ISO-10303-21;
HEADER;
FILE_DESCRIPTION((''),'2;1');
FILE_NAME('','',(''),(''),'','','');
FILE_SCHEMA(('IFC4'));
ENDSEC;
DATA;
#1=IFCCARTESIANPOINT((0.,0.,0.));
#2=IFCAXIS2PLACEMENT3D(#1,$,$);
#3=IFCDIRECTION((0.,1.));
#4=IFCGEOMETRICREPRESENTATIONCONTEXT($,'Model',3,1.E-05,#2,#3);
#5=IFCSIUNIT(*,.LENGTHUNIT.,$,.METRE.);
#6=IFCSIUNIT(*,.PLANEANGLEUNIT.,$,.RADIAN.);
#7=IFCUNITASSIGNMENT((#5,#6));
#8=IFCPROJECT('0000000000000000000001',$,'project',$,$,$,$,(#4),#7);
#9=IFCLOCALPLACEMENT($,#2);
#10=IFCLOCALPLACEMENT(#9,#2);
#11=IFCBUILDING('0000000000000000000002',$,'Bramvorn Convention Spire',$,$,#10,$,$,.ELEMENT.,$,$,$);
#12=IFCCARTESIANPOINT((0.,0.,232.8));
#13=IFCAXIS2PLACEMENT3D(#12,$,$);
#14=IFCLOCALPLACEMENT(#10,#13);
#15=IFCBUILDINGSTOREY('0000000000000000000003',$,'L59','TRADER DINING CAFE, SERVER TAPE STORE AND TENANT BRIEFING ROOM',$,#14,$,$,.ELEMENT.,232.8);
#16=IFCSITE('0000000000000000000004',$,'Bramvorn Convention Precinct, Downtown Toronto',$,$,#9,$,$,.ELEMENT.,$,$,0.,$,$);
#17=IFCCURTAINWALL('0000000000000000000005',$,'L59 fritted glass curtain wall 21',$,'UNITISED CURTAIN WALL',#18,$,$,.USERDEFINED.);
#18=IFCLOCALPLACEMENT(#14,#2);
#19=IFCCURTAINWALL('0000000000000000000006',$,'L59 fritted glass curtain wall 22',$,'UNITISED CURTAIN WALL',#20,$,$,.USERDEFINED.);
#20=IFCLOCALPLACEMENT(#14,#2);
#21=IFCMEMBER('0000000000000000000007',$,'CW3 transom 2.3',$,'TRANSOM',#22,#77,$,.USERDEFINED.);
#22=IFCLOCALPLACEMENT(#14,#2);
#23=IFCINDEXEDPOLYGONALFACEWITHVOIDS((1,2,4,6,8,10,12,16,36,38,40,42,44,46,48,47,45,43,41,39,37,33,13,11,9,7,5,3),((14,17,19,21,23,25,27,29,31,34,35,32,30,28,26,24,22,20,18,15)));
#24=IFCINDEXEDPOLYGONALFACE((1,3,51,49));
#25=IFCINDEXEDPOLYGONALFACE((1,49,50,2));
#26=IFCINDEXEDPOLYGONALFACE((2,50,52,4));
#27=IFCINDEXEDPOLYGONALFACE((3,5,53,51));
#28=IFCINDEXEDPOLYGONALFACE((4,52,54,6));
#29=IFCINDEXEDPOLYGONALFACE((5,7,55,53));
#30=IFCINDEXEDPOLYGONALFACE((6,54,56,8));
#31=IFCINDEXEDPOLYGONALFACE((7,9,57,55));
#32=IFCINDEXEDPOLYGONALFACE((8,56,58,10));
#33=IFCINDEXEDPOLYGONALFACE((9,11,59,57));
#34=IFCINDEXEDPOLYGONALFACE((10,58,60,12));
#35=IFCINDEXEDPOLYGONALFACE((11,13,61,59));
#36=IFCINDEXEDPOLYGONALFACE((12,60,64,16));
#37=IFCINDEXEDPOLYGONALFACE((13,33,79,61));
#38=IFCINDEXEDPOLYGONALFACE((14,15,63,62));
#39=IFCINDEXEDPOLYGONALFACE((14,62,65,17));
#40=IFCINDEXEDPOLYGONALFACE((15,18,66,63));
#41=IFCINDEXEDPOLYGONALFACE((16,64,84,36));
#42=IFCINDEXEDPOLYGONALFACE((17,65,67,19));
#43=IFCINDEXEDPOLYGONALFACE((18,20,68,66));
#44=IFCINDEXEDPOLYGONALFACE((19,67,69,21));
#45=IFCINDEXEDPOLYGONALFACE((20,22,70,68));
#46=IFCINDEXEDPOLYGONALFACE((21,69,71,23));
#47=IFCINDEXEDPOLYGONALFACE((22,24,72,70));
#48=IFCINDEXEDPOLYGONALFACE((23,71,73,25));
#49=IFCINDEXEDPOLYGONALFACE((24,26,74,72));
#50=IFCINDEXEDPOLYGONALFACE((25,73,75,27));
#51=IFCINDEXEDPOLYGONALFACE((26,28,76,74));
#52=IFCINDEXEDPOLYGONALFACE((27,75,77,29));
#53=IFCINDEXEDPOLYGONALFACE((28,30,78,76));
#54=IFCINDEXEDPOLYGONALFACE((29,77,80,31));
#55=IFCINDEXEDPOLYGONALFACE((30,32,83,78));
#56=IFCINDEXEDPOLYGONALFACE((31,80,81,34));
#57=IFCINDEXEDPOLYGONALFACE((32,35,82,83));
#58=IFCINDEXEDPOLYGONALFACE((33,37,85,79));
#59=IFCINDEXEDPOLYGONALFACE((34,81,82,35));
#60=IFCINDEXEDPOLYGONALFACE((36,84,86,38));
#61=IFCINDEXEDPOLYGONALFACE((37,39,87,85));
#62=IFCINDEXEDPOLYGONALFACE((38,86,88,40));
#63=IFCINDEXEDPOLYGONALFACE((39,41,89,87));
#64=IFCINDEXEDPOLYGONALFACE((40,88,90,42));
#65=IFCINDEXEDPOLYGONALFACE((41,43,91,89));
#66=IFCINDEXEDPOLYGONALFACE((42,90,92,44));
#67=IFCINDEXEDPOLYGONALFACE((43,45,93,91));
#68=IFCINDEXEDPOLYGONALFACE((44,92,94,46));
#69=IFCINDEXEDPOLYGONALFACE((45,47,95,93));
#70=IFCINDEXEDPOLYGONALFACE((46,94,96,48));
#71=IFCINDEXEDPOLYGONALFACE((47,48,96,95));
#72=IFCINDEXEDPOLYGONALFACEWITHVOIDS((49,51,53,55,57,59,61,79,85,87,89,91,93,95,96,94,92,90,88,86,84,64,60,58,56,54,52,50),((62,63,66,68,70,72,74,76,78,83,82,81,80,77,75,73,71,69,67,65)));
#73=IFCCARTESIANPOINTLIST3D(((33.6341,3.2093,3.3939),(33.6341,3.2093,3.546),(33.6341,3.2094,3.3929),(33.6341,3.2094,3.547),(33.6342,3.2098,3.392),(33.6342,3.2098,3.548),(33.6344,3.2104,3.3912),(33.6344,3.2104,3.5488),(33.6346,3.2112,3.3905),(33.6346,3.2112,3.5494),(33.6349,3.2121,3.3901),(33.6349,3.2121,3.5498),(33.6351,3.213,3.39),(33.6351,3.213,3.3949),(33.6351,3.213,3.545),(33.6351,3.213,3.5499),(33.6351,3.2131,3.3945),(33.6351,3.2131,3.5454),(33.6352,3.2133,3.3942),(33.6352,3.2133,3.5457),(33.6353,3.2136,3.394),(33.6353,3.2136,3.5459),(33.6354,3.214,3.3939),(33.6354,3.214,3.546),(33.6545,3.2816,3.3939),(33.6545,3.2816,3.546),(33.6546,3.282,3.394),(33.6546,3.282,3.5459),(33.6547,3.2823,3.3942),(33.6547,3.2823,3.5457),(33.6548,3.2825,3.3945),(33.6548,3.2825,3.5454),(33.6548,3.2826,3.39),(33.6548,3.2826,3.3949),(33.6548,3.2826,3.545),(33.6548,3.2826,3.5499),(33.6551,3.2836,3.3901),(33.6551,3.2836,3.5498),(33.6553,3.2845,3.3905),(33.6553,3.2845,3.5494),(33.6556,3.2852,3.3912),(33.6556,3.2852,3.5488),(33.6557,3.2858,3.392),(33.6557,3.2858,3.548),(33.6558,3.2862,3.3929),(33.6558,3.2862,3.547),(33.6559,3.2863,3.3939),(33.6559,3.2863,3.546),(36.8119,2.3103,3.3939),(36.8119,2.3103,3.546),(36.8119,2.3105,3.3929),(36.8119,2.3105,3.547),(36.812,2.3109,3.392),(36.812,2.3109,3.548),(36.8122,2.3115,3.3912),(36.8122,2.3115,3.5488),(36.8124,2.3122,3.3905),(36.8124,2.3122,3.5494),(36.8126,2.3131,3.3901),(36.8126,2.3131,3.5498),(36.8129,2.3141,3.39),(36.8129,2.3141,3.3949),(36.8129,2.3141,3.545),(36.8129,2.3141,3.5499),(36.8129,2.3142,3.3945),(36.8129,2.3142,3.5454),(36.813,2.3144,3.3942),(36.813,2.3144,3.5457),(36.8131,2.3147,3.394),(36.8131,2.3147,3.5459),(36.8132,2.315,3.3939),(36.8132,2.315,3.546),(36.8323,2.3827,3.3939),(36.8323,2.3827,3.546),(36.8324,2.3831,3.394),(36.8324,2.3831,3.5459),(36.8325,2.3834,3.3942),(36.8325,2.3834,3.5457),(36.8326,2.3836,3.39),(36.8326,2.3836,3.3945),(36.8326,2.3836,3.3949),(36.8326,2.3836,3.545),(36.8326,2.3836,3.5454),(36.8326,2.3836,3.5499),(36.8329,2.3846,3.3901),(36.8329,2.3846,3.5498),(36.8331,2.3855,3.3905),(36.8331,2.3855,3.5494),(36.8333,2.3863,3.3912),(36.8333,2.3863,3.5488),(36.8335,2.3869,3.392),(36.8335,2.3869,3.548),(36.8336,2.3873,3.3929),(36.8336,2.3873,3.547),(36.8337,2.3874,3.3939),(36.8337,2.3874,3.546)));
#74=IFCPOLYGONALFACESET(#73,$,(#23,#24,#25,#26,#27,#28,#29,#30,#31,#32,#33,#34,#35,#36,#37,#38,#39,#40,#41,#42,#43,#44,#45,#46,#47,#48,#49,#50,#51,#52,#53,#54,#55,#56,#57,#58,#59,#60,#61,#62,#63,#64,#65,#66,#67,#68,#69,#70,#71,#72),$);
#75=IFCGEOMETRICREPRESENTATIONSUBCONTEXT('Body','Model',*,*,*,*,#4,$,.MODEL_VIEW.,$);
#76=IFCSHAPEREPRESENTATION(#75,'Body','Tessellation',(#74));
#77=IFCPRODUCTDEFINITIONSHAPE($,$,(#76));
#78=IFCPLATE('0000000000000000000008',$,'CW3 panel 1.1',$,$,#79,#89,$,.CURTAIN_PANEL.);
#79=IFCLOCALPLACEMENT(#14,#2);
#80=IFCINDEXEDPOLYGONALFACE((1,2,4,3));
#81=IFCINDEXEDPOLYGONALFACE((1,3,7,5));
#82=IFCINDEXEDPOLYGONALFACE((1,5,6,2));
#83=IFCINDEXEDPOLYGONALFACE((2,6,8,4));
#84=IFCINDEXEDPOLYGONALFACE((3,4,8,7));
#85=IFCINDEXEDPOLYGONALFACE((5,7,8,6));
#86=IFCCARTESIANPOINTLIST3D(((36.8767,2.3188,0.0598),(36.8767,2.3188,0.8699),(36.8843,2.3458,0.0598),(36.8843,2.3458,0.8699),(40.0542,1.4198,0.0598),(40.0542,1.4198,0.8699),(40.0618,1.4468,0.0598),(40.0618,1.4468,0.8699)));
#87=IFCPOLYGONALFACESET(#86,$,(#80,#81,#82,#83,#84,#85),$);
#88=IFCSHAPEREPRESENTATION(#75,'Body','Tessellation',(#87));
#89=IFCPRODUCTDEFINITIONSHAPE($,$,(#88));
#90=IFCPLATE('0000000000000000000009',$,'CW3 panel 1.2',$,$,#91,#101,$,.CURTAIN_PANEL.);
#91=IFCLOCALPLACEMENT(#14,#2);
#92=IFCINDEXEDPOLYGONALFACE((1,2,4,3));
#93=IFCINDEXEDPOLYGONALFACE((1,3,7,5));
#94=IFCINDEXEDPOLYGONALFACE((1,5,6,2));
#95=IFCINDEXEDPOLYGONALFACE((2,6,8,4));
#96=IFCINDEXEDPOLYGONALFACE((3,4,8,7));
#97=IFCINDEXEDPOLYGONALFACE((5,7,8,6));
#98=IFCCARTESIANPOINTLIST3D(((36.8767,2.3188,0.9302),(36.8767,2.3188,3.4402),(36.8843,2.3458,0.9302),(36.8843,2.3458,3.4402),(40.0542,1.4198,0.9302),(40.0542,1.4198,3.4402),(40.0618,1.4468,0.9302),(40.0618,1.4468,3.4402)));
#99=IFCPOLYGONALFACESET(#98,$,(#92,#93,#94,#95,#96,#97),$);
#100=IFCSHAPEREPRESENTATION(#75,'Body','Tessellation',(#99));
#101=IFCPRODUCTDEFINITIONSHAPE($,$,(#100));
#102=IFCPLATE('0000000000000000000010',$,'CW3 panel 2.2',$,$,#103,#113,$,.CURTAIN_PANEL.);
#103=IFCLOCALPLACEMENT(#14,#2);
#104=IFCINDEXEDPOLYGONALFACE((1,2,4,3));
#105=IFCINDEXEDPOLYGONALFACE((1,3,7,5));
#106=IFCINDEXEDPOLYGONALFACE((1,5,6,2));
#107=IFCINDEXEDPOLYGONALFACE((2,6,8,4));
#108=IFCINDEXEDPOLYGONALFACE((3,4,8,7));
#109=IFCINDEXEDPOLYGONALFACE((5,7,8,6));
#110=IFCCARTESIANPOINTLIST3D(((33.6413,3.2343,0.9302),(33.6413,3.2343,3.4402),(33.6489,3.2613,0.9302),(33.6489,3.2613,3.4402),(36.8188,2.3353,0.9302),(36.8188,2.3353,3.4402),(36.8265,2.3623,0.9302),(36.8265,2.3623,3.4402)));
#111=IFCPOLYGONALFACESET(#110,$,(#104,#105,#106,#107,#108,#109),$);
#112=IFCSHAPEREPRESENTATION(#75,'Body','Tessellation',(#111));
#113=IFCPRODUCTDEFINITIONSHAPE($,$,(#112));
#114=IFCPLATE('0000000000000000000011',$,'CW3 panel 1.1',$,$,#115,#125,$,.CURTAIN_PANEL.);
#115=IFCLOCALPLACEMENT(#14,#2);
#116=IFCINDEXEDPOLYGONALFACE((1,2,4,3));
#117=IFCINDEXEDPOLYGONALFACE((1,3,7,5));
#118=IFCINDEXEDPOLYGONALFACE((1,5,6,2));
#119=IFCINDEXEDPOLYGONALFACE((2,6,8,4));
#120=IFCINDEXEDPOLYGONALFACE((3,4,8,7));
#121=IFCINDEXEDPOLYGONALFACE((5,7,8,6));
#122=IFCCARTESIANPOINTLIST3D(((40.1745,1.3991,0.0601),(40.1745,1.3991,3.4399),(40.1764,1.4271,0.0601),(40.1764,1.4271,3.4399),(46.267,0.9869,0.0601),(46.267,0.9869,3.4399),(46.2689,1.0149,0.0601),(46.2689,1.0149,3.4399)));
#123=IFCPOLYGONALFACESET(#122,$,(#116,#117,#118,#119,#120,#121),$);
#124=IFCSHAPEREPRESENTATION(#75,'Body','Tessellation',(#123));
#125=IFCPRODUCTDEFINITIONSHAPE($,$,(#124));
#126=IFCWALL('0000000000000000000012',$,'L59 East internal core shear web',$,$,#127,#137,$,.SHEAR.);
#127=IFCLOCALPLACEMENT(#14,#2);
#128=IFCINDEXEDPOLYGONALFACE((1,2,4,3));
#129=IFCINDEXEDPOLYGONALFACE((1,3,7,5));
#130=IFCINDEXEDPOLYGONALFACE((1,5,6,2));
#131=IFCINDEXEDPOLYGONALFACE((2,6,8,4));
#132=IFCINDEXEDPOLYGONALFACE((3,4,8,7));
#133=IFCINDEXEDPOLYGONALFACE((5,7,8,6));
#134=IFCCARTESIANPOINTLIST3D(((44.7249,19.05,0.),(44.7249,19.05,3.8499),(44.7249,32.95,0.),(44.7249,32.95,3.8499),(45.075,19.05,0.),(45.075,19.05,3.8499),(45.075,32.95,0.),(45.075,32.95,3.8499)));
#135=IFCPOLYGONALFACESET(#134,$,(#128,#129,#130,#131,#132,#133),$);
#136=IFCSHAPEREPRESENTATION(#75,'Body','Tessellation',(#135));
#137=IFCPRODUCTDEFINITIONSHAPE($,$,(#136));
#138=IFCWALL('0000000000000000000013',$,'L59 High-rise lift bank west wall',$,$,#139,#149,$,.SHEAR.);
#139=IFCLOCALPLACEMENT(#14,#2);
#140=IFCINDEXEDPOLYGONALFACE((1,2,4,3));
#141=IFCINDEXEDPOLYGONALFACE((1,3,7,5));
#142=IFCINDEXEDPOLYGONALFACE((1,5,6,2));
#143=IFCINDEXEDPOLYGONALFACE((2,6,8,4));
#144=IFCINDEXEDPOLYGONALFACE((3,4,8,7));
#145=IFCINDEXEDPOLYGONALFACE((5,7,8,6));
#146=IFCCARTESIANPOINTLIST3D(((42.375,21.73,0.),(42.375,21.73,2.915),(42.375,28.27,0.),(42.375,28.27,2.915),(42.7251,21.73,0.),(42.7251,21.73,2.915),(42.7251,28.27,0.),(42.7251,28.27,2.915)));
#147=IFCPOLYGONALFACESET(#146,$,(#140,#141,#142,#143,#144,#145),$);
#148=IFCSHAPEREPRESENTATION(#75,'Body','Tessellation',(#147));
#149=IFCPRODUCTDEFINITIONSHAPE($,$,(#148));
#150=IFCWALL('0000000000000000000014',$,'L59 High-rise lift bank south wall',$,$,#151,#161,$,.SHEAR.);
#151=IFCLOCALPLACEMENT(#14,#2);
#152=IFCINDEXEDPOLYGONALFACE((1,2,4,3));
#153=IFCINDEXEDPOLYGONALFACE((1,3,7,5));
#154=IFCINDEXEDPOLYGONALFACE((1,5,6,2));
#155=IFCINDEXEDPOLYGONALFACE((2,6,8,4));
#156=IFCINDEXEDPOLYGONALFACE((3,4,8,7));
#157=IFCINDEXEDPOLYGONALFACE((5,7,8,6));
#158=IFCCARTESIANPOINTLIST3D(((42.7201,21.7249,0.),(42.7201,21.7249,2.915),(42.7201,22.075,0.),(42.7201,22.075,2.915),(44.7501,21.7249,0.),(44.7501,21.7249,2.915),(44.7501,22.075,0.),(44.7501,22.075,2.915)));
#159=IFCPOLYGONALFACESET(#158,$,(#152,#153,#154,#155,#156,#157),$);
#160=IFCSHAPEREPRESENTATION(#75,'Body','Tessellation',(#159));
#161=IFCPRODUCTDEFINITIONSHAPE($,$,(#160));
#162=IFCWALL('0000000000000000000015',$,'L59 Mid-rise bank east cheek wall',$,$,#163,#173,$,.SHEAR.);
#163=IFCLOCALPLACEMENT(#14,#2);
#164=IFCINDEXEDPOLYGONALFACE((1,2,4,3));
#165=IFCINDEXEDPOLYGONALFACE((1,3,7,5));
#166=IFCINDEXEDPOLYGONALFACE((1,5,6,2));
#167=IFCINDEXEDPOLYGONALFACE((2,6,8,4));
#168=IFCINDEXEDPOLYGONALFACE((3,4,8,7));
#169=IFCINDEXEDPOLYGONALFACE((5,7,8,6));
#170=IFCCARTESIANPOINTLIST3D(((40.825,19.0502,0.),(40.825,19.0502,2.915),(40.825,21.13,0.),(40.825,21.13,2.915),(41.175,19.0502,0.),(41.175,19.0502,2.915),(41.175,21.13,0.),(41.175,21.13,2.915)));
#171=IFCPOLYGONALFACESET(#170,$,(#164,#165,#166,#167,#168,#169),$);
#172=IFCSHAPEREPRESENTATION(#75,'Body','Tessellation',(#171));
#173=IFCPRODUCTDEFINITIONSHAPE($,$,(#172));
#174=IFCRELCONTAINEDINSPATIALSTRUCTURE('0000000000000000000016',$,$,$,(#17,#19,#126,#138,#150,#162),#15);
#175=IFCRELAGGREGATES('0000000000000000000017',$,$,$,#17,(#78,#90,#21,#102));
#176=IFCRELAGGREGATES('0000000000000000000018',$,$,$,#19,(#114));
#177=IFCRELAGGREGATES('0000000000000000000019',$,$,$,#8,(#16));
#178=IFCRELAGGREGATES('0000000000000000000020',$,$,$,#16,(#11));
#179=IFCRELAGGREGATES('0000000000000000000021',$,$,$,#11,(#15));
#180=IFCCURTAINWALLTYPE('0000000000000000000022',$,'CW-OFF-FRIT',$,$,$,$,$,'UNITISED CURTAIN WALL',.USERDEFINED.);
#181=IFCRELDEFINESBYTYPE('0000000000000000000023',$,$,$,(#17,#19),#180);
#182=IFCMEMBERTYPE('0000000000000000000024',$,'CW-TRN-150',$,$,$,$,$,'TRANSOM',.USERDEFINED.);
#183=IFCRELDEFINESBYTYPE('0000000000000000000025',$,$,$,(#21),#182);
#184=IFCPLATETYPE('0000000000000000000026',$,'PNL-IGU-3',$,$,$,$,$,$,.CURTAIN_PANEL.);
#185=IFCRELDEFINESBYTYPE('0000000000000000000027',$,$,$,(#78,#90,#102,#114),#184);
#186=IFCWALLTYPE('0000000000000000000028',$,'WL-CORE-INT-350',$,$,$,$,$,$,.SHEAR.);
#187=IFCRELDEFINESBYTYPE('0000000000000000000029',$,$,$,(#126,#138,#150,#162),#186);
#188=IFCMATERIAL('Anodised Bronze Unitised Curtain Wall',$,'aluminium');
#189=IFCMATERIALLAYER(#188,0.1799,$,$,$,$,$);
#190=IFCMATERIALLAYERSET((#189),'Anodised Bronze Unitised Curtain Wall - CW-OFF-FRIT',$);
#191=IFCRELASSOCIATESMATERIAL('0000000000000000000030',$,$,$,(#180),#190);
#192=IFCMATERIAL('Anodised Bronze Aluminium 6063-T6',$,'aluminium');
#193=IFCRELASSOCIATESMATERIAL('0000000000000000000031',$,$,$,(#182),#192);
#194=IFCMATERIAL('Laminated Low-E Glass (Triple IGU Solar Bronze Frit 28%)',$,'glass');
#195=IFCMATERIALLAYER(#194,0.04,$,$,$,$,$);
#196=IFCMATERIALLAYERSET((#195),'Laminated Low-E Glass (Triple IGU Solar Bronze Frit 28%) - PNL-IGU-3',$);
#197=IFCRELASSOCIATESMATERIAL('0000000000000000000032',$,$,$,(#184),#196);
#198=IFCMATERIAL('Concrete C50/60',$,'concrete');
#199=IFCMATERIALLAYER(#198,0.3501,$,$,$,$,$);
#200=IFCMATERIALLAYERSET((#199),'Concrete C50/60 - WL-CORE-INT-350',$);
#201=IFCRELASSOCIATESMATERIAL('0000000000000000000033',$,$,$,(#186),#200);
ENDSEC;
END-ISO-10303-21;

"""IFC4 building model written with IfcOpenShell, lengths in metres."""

from ifc_helpers import new_model, si_unit, direction, frame, frame_2d, origin, origin_2d, place, context, subcontext, project, spatial, rectangle, hollow_rectangle, extrude, material, layer, layer_set, material_profile, profile_set, type_object, element, aggregate, save


model = new_model("IFC4")

# Units and contexts
model_context = context("Model", 3, precision=1e-05, world=origin(), true_north=direction((0.0, 1.0)))
body_context = subcontext(model_context, "Body", "Model", "MODEL_VIEW")
ifc_project = project(units=[si_unit("LENGTHUNIT", "METRE"), si_unit("PLANEANGLEUNIT", "RADIAN")], contexts=[model_context])

# Site, building, storey
site_placement = place(None, origin())
site = spatial("IfcSite", under=ifc_project, at=site_placement, Name="Bramvorn Convention Precinct, Downtown Toronto", CompositionType="ELEMENT", RefElevation=0.0)
building_placement = place(site_placement, origin())
building = spatial("IfcBuilding", under=site, at=building_placement, Name="Bramvorn Convention Spire", CompositionType="ELEMENT")
storey_placement = place(building_placement, frame((0.0, 0.0, 232.8)))
storey = spatial("IfcBuildingStorey", under=building, at=storey_placement, Name="L59", Description="TRADER DINING CAFE, SERVER TAPE STORE AND TENANT BRIEFING ROOM", CompositionType="ELEMENT", Elevation=232.8)

# Curtain wall
ifc_material_1 = material(Name="Anodised Bronze Unitised Curtain Wall", Category="aluminium")
ifc_layer_1 = layer(ifc_material_1, 0.1799)
ifc_layer_set_1 = layer_set([ifc_layer_1], Name="Anodised Bronze Unitised Curtain Wall - CW-OFF-FRIT")
curtain_wall_type = type_object("IfcCurtainWallType", Name="CW-OFF-FRIT", ElementType="UNITISED CURTAIN WALL", PredefinedType="USERDEFINED", material=ifc_layer_set_1)
curtain_wall_1_placement = place(storey_placement, origin())
curtain_wall_1 = element("IfcCurtainWall", 1, at=curtain_wall_1_placement, inside=storey, type_object=curtain_wall_type, Name="L59 fritted glass curtain wall 21", ObjectType="UNITISED CURTAIN WALL", PredefinedType="USERDEFINED")
ifc_material_2 = material(Name="Anodised Bronze Aluminium 6063-T6", Category="aluminium")

# Curtain wall
curtain_wall_2_placement = place(storey_placement, origin())
curtain_wall_2 = element("IfcCurtainWall", 2, at=curtain_wall_2_placement, inside=storey, type_object=curtain_wall_type, Name="L59 fritted glass curtain wall 22", ObjectType="UNITISED CURTAIN WALL", PredefinedType="USERDEFINED")

# Member
ifc_material_profile_1 = material_profile(ifc_material_2, hollow_rectangle(XDim=0.0801, YDim=0.1599, WallThickness=0.0039, InnerFilletRadius=0.001, OuterFilletRadius=0.0039, at=origin_2d()))
ifc_profile_set_1 = profile_set([ifc_material_profile_1], Name="Anodised Bronze Aluminium 6063-T6 - CWT80X160")
member_type_1 = type_object("IfcMemberType", Name="CW-TRN-150", ElementType="TRANSOM", PredefinedType="USERDEFINED", material=ifc_profile_set_1)
member_1_placement = place(storey_placement, frame((36.8228, 2.3489, 3.47), z_axis=(-0.96224, 0.272201, 0.0), x_axis=(-0.272201, -0.96224, 0.0)))
member_1 = element("IfcMember", 3, at=member_1_placement, type_object=member_type_1, Name="CW3 transom 2.3", ObjectType="TRANSOM", PredefinedType="USERDEFINED", context=body_context, shape_type="SweptSolid", body=[
    extrude(hollow_rectangle(XDim=0.0801, YDim=0.1599, WallThickness=0.0039, InnerFilletRadius=0.001, OuterFilletRadius=0.0039, at=origin_2d()), origin(), (0.0, 0.0, 1.0), 3.3025),
])

# Plates
ifc_material_3 = material(Name="Laminated Low-E Glass (Triple IGU Solar Bronze Frit 28%)", Category="glass")
ifc_layer_2 = layer(ifc_material_3, 0.04)
ifc_layer_set_2 = layer_set([ifc_layer_2], Name="Laminated Low-E Glass (Triple IGU Solar Bronze Frit 28%) - PNL-IGU-3")
plate_type = type_object("IfcPlateType", Name="PNL-IGU-3", PredefinedType="CURTAIN_PANEL", material=ifc_layer_set_2)
plate_1_placement = place(storey_placement, frame((38.4692, 1.8828, 0.0598), z_axis=(0.0, 0.0, 1.0), x_axis=(-0.962229, 0.27224, 0.0)))
plate_1 = element("IfcPlate", 4, at=plate_1_placement, type_object=plate_type, Name="CW3 panel 1.1", PredefinedType="CURTAIN_PANEL", context=body_context, shape_type="SweptSolid", body=[
    extrude(rectangle(XDim=3.3022, YDim=0.0281, at=origin_2d()), origin(), (0.0, 0.0, 1.0), 0.8101),
])
plate_2_placement = place(storey_placement, frame((38.4692, 1.8828, 0.9302), z_axis=(0.0, 0.0, 1.0), x_axis=(-0.962229, 0.27224, 0.0)))
plate_2 = element("IfcPlate", 5, at=plate_2_placement, type_object=plate_type, Name="CW3 panel 1.2", PredefinedType="CURTAIN_PANEL", context=body_context, shape_type="SweptSolid", body=[
    extrude(rectangle(XDim=3.3022, YDim=0.0281, at=origin_2d()), origin(), (0.0, 0.0, 1.0), 2.51),
])
plate_3_placement = place(storey_placement, frame((35.2339, 2.7983, 0.9302), z_axis=(0.0, 0.0, 1.0), x_axis=(-0.962229, 0.27224, 0.0)))
plate_3 = element("IfcPlate", 6, at=plate_3_placement, type_object=plate_type, Name="CW3 panel 2.2", PredefinedType="CURTAIN_PANEL", context=body_context, shape_type="SweptSolid", body=[
    extrude(rectangle(XDim=3.3022, YDim=0.0281, at=origin_2d()), origin(), (0.0, 0.0, 1.0), 2.51),
])
aggregate(curtain_wall_1, [plate_1, plate_2, member_1, plate_3])
plate_4_placement = place(storey_placement, frame((43.2217, 1.207, 0.0601), z_axis=(0.0, 0.0, 1.0), x_axis=(-0.997719, 0.067503, 0.0)))
plate_4 = element("IfcPlate", 7, at=plate_4_placement, type_object=plate_type, Name="CW3 panel 1.1", PredefinedType="CURTAIN_PANEL", context=body_context, shape_type="SweptSolid", body=[
    extrude(rectangle(XDim=6.1064, YDim=0.0281, at=origin_2d()), origin(), (0.0, 0.0, 1.0), 3.3799),
])
aggregate(curtain_wall_2, [plate_4])

# Walls
ifc_material_4 = material(Name="Concrete C50/60", Category="concrete")
ifc_layer_3 = layer(ifc_material_4, 0.3501)
ifc_layer_set_3 = layer_set([ifc_layer_3], Name="Concrete C50/60 - WL-CORE-INT-350")
wall_type_1 = type_object("IfcWallType", Name="WL-CORE-INT-350", PredefinedType="SHEAR", material=ifc_layer_set_3)
wall_1_placement = place(storey_placement, frame((44.8999, 19.05, 0.0), z_axis=(0.0, 0.0, 1.0), x_axis=(0.0, 1.0, 0.0)))
element("IfcWall", 8, at=wall_1_placement, inside=storey, type_object=wall_type_1, Name="L59 East internal core shear web", PredefinedType="SHEAR", context=body_context, shape_type="SweptSolid", body=[
    extrude(rectangle(XDim=13.8999, YDim=0.3501, at=frame_2d((6.95, 0.0))), origin(), (0.0, 0.0, 1.0), 3.8499),
])
wall_2_placement = place(storey_placement, frame((42.55, 21.73, 0.0), z_axis=(0.0, 0.0, 1.0), x_axis=(0.0, 1.0, 0.0)))
element("IfcWall", 9, at=wall_2_placement, inside=storey, type_object=wall_type_1, Name="L59 High-rise lift bank west wall", PredefinedType="SHEAR", context=body_context, shape_type="SweptSolid", body=[
    extrude(rectangle(XDim=6.54, YDim=0.3501, at=frame_2d((3.27, 0.0))), origin(), (0.0, 0.0, 1.0), 2.915),
])
wall_3_placement = place(storey_placement, frame((42.72, 21.8999, 0.0), z_axis=(0.0, 0.0, 1.0), x_axis=(1.0, 0.0, 0.0)))
element("IfcWall", 10, at=wall_3_placement, inside=storey, type_object=wall_type_1, Name="L59 High-rise lift bank south wall", PredefinedType="SHEAR", context=body_context, shape_type="SweptSolid", body=[
    extrude(rectangle(XDim=2.03, YDim=0.3501, at=frame_2d((1.0151, 0.0))), origin(), (0.0, 0.0, 1.0), 2.915),
])
wall_4_placement = place(storey_placement, frame((41.0, 19.05, 0.0), z_axis=(0.0, 0.0, 1.0), x_axis=(0.0, 1.0, 0.0)))
element("IfcWall", 11, at=wall_4_placement, inside=storey, type_object=wall_type_1, Name="L59 Mid-rise bank east cheek wall", PredefinedType="SHEAR", context=body_context, shape_type="SweptSolid", body=[
    extrude(rectangle(XDim=2.0798, YDim=0.3501, at=frame_2d((1.04, 0.0))), origin(), (0.0, 0.0, 1.0), 2.915),
])

save(model, "model.ifc")
